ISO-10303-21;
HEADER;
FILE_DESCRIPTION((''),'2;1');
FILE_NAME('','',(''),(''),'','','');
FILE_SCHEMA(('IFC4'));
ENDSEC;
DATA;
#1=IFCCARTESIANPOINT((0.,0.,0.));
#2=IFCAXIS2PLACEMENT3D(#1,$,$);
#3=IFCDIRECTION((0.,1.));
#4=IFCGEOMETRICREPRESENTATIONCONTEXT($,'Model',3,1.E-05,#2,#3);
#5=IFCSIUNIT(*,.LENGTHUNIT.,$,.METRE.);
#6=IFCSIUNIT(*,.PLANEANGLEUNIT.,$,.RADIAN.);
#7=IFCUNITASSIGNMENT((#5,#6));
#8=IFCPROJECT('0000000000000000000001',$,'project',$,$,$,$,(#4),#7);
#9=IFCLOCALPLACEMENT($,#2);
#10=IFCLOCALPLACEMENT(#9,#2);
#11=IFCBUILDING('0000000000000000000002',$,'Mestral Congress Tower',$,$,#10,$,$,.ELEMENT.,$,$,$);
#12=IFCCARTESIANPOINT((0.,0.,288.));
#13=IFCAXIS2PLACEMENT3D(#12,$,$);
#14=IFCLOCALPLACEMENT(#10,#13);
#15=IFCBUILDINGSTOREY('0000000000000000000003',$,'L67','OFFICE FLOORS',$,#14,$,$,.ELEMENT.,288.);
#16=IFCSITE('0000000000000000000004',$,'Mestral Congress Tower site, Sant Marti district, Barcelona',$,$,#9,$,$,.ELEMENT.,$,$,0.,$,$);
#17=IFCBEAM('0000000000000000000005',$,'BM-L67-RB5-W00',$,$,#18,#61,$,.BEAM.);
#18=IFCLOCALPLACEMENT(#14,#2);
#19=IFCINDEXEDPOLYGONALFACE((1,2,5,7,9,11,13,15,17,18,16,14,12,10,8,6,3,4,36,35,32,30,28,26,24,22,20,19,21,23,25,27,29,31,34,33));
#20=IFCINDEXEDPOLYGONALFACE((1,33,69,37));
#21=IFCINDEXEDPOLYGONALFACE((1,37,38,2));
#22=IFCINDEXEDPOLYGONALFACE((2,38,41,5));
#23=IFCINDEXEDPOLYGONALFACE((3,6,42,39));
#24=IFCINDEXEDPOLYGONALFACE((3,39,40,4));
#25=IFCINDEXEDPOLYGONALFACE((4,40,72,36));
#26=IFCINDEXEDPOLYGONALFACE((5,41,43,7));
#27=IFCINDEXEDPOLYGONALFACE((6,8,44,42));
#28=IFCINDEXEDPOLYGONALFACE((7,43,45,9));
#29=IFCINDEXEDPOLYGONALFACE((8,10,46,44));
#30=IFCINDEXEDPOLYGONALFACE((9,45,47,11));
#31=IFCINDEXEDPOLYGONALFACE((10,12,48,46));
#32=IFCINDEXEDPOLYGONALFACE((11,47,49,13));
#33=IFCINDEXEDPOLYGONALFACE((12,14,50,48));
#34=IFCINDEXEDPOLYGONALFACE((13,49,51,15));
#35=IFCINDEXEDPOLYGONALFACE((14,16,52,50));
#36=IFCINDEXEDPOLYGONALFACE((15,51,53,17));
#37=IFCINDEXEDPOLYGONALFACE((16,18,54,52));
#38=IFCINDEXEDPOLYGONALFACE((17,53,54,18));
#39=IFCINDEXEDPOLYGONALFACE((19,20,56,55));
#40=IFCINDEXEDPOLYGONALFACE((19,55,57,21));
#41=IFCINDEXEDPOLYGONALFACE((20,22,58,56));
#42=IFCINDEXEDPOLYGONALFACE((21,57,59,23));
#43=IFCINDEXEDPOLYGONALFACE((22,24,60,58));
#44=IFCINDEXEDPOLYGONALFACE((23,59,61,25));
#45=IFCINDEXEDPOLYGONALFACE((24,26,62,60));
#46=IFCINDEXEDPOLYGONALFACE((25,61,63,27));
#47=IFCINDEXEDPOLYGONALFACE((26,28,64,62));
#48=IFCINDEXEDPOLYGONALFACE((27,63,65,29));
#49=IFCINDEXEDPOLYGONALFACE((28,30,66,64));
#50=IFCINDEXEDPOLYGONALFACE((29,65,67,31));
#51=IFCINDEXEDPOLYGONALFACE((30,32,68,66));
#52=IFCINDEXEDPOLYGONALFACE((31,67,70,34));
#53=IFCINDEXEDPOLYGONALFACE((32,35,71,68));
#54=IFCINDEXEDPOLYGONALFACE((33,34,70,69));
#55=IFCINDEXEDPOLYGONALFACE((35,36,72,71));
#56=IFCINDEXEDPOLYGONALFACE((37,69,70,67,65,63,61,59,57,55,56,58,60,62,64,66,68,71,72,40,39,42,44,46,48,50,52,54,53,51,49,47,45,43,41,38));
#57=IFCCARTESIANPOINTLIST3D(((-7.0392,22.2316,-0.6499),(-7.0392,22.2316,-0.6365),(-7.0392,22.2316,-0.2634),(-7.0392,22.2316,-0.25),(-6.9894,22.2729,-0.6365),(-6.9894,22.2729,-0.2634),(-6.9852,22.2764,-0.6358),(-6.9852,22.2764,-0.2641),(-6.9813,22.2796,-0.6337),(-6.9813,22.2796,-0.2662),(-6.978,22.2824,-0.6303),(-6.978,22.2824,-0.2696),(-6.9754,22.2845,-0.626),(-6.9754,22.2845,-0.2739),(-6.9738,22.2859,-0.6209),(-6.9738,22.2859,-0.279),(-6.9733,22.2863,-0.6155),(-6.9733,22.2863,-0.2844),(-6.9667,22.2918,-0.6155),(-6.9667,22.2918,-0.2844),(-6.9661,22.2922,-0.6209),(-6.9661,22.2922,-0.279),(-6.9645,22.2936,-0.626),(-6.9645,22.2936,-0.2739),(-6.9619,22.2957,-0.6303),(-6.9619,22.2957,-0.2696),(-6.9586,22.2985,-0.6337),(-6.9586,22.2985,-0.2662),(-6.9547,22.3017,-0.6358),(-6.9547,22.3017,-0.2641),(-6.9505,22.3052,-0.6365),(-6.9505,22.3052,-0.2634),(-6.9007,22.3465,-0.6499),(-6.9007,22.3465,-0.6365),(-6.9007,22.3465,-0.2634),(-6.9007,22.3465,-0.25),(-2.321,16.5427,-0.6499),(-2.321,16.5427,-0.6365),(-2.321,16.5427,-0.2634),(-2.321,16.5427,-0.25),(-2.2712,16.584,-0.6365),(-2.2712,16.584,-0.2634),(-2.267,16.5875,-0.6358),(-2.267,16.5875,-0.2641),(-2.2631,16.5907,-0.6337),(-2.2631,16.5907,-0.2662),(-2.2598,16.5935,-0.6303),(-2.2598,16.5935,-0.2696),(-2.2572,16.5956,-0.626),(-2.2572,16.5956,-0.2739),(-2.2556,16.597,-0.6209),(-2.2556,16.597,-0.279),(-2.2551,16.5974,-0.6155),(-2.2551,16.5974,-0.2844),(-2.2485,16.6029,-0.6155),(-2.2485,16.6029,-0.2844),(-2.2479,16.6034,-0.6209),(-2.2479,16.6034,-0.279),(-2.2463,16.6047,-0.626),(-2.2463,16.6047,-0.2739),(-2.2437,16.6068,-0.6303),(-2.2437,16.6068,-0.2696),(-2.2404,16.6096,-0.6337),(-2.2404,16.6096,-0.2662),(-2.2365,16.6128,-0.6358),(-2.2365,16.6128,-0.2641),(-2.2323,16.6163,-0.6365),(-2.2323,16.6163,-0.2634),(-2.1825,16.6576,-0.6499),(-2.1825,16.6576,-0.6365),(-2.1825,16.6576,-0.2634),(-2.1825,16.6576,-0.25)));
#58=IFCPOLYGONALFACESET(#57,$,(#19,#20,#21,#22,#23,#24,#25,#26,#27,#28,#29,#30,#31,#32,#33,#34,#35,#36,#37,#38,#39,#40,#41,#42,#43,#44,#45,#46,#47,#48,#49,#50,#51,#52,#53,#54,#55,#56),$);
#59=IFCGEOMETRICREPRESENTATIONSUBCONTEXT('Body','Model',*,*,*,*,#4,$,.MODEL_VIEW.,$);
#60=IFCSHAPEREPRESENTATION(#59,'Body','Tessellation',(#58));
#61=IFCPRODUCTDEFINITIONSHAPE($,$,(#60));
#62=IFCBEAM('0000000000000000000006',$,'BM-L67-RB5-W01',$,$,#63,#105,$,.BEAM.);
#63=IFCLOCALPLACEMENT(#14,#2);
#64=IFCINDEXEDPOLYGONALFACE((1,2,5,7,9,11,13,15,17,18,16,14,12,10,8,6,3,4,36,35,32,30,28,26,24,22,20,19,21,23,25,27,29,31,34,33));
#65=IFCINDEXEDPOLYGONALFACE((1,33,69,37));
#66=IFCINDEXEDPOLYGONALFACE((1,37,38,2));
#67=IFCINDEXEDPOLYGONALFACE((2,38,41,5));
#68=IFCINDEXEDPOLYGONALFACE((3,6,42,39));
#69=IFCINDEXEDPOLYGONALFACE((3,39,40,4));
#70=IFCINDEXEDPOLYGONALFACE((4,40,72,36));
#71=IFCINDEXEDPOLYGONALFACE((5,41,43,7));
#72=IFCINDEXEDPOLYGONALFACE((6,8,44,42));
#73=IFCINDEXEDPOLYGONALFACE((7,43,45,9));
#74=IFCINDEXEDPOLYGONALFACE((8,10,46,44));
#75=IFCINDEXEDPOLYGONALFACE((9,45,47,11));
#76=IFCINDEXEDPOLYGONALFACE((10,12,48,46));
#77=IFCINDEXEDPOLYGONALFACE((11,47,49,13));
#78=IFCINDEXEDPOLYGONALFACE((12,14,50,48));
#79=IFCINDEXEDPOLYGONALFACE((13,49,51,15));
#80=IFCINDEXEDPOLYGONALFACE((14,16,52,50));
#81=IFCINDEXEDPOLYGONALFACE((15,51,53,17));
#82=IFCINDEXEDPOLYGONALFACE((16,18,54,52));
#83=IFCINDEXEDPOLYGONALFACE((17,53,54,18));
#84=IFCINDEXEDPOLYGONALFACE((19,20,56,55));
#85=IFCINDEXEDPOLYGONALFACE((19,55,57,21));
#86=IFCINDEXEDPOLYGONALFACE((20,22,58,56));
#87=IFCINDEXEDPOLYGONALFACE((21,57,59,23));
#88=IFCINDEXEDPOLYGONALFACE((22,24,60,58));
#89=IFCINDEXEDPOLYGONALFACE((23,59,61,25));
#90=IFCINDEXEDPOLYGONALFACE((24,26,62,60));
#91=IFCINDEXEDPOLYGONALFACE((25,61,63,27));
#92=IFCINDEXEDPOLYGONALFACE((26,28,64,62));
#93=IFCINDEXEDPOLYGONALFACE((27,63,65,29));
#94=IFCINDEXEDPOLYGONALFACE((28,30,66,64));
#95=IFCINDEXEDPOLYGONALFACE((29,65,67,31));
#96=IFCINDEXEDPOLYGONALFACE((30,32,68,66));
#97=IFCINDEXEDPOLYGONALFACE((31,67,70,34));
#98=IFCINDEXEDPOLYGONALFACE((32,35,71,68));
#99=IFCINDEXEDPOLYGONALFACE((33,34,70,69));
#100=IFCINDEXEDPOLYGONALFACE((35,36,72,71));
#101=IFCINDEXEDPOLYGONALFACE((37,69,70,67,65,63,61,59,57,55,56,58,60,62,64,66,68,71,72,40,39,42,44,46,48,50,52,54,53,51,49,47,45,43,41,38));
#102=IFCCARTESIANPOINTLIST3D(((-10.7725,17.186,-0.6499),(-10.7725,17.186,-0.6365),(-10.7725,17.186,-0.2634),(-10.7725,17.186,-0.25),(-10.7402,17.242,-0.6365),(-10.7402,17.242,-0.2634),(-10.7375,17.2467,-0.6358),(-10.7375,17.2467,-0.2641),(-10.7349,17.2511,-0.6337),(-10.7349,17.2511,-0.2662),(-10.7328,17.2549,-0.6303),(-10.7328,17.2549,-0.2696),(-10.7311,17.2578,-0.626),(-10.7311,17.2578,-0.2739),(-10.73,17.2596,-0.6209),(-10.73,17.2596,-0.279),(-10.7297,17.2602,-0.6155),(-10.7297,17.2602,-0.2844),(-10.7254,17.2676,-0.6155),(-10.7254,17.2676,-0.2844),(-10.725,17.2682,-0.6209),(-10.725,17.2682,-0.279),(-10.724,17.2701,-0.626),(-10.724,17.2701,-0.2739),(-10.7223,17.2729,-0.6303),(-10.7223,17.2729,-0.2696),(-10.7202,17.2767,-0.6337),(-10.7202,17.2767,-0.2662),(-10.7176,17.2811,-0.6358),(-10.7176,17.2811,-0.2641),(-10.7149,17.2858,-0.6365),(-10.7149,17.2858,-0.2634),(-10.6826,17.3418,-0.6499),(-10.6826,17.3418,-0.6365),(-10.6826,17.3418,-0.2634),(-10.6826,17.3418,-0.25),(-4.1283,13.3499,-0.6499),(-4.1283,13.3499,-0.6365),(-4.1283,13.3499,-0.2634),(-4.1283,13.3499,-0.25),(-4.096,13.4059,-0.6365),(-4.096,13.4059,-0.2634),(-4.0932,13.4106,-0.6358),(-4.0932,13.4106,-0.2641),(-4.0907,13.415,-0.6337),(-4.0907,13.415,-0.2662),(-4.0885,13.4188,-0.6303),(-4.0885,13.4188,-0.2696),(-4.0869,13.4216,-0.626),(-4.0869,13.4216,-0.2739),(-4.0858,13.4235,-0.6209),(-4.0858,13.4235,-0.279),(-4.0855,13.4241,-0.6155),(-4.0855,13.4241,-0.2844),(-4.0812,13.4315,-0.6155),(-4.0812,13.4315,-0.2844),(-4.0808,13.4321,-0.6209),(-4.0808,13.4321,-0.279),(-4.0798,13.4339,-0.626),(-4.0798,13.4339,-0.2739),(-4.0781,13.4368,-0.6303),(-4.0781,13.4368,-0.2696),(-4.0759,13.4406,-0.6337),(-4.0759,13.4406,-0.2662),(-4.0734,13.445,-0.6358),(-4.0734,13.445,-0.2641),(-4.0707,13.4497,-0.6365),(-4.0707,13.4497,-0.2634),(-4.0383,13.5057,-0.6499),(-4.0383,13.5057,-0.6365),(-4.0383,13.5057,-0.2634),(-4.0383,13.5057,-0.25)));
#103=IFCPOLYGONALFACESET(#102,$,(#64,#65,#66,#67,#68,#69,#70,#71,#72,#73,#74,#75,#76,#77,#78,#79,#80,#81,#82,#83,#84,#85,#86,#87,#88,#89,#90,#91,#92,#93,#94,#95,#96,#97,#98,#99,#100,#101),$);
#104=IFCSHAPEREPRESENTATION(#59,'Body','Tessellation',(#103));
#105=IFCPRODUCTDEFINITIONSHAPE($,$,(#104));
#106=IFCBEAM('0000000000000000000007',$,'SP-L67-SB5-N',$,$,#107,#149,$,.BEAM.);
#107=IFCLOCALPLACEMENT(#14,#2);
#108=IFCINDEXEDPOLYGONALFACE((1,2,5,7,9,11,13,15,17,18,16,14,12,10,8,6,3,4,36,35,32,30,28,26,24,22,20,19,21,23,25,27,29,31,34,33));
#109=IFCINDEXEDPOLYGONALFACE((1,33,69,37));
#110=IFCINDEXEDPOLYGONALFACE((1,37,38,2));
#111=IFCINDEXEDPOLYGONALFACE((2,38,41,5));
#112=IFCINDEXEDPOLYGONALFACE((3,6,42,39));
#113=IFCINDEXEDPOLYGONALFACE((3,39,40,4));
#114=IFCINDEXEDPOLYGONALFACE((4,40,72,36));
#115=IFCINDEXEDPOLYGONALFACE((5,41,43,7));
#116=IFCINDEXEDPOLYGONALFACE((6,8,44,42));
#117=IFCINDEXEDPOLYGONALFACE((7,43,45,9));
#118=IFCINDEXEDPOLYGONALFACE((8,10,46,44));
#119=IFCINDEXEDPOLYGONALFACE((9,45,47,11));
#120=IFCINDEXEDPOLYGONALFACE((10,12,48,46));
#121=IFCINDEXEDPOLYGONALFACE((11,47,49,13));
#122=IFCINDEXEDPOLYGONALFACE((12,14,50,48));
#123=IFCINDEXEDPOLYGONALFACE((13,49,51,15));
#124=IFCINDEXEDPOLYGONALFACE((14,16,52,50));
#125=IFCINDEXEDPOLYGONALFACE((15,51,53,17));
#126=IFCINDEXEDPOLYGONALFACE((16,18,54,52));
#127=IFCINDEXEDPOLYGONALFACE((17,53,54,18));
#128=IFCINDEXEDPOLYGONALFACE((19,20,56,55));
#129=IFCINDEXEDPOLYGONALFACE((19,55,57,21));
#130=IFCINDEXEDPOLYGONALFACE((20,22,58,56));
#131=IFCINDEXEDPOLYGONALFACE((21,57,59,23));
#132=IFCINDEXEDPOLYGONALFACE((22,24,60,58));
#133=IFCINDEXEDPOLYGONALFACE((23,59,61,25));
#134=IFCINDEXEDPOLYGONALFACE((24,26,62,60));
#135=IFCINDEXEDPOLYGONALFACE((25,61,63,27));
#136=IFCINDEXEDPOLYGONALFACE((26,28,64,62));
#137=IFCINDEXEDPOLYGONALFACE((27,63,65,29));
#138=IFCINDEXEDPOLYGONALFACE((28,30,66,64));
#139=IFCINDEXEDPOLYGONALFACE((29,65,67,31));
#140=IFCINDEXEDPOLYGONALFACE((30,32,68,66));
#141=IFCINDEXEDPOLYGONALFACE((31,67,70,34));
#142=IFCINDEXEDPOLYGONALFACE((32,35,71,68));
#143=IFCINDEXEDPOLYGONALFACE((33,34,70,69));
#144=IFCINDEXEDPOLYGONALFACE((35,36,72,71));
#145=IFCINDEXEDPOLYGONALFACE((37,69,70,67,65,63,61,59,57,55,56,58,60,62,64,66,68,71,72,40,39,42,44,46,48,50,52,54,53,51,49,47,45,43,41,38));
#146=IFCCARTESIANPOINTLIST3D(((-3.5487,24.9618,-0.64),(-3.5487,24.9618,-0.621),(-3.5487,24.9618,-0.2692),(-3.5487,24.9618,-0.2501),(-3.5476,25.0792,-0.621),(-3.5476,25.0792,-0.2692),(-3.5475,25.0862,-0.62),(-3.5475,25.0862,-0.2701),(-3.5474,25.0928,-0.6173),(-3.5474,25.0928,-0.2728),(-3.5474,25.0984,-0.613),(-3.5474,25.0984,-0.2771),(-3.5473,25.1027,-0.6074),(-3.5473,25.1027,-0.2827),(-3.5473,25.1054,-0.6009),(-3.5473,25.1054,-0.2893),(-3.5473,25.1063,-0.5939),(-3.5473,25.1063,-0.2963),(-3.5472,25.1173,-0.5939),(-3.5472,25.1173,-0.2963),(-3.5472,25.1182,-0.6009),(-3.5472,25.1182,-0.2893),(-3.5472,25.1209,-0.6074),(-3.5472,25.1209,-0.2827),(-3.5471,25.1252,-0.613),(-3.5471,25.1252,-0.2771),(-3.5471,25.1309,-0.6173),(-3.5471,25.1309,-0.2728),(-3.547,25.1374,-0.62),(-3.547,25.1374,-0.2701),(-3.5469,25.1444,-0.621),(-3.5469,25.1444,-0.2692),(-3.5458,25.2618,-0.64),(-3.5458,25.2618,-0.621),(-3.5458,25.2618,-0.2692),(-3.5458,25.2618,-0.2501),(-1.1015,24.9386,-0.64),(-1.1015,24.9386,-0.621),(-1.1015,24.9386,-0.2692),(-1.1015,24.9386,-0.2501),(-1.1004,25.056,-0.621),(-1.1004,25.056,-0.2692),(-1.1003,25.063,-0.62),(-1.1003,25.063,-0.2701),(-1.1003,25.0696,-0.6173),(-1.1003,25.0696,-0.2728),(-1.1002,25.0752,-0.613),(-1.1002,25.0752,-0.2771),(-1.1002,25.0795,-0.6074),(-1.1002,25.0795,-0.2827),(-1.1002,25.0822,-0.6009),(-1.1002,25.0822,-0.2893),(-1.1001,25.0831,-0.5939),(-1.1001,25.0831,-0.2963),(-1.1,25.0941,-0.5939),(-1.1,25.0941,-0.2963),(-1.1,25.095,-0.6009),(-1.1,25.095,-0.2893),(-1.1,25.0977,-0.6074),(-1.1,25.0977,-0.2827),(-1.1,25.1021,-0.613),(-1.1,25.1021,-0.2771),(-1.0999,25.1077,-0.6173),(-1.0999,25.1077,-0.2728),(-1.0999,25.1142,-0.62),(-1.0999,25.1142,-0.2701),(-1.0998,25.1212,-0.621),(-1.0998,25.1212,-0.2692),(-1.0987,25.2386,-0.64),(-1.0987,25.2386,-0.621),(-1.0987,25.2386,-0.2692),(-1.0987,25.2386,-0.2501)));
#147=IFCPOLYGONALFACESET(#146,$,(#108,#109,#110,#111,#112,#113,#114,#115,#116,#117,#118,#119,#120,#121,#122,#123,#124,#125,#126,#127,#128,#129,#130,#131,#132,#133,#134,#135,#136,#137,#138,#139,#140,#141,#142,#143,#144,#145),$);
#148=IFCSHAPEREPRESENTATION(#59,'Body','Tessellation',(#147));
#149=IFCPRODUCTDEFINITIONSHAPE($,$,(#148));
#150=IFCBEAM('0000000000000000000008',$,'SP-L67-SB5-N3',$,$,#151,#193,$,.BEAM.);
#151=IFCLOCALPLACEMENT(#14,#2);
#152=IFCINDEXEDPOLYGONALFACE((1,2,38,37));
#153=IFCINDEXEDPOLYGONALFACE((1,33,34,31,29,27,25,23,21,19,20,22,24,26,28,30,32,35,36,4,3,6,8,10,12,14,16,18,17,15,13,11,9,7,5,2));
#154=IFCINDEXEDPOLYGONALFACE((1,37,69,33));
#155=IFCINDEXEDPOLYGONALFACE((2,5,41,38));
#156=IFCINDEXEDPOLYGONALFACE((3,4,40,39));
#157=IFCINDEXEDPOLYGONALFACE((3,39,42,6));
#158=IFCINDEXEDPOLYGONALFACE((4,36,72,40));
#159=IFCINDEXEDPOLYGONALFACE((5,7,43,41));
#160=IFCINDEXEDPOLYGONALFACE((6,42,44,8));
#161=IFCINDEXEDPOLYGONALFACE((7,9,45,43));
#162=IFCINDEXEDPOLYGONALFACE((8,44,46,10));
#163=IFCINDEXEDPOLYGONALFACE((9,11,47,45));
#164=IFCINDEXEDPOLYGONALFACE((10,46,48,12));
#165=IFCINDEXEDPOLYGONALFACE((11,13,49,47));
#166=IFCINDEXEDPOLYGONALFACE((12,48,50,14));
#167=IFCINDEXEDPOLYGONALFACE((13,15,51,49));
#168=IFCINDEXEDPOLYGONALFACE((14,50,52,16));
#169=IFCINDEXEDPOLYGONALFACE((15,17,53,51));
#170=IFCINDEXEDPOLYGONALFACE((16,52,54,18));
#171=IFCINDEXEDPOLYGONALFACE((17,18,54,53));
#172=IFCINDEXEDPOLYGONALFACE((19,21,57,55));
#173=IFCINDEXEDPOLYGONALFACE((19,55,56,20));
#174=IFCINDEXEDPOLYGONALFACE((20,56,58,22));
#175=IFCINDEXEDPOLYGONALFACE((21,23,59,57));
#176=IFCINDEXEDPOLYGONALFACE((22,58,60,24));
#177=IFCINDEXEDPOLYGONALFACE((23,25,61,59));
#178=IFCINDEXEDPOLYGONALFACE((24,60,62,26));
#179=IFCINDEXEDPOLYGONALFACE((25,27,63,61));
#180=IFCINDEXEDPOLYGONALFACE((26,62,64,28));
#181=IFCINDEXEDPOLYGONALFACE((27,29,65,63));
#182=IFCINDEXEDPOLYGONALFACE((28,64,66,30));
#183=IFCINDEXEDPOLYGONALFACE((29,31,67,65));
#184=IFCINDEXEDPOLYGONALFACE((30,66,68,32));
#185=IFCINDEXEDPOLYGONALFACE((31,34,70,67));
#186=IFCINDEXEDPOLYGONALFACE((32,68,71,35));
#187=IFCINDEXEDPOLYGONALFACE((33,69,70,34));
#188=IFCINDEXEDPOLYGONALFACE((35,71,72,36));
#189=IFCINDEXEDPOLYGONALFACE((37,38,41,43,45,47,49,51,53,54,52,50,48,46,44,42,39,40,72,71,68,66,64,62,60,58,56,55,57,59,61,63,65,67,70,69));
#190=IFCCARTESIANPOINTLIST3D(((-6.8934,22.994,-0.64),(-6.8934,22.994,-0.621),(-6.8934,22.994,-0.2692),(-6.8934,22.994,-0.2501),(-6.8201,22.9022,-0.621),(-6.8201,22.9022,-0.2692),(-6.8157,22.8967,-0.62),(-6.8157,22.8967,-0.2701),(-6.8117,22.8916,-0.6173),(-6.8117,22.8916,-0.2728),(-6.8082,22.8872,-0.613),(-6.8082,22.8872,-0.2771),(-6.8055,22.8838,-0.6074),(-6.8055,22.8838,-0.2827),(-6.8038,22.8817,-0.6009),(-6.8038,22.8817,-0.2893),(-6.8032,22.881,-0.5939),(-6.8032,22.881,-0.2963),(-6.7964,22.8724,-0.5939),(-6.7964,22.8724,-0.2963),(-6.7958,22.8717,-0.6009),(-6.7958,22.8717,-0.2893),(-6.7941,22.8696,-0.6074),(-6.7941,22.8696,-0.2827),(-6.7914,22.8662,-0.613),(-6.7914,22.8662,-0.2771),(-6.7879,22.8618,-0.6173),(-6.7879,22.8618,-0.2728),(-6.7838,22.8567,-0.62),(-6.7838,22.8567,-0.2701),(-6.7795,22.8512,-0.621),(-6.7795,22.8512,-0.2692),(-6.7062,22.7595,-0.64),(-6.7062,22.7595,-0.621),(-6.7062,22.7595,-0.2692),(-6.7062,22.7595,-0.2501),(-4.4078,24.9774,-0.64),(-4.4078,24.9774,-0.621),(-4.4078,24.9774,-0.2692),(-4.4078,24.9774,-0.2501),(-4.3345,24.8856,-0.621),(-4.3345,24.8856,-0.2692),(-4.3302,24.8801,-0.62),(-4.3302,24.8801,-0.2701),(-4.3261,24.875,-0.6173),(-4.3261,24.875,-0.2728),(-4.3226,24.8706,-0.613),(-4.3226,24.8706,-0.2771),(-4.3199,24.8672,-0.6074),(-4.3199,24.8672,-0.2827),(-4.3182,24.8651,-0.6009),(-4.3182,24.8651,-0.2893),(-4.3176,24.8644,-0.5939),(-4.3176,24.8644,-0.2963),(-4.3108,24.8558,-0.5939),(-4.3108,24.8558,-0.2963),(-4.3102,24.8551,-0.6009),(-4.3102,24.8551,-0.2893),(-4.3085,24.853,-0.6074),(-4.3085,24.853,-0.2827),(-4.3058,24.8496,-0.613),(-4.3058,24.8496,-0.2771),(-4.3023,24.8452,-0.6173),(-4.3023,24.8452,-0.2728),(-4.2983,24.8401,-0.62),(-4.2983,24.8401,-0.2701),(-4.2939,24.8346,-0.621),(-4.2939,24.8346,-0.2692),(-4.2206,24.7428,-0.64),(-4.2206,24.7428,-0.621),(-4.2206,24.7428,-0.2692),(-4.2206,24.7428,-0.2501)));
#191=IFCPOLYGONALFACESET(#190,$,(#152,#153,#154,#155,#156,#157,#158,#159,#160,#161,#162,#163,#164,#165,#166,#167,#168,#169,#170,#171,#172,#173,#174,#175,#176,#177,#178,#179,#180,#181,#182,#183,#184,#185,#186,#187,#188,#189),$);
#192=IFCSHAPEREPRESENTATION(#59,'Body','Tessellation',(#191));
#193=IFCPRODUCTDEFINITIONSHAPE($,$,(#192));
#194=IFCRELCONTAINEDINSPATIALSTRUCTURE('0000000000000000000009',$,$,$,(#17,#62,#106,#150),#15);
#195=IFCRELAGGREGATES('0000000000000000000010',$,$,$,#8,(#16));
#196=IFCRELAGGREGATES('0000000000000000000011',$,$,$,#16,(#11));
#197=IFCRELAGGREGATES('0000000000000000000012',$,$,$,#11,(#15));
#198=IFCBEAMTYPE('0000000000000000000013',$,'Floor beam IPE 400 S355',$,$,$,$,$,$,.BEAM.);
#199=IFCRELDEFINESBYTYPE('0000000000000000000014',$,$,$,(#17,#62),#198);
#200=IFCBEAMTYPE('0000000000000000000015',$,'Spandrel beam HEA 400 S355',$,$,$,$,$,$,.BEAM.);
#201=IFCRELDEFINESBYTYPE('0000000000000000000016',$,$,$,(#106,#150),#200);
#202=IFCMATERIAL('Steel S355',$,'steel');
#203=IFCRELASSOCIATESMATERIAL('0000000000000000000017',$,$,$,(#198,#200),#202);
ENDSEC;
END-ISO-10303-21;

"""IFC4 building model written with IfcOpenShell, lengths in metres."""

from ifc_helpers import new_model, si_unit, direction, frame, origin, origin_2d, place, context, subcontext, project, spatial, i_section, extrude, material, material_profile, profile_set, type_object, element, save


model = new_model("IFC4")

# Units and contexts
model_context = context("Model", 3, precision=1e-05, world=origin(), true_north=direction((0.0, 1.0)))
body_context = subcontext(model_context, "Body", "Model", "MODEL_VIEW")
ifc_project = project(units=[si_unit("LENGTHUNIT", "METRE"), si_unit("PLANEANGLEUNIT", "RADIAN")], contexts=[model_context])

# Site, building, storey
site_placement = place(None, origin())
site = spatial("IfcSite", under=ifc_project, at=site_placement, Name="Mestral Congress Tower site, Sant Marti district, Barcelona", CompositionType="ELEMENT", RefElevation=0.0)
building_placement = place(site_placement, origin())
building = spatial("IfcBuilding", under=site, at=building_placement, Name="Mestral Congress Tower", CompositionType="ELEMENT")
storey_placement = place(building_placement, frame((0.0, 0.0, 288.0)))
storey = spatial("IfcBuildingStorey", under=building, at=storey_placement, Name="L67", Description="OFFICE FLOORS", CompositionType="ELEMENT", Elevation=288.0)

# Beams
ifc_material_1 = material(Name="Steel S355", Category="steel")
ifc_material_profile_1 = material_profile(ifc_material_1, i_section(OverallWidth=0.1799, OverallDepth=0.3999, WebThickness=0.0085, FlangeThickness=0.0134, FilletRadius=0.021, at=origin_2d()), Name="IPE 400")
ifc_profile_set_1 = profile_set([ifc_material_profile_1], Name="Steel S355")
beam_type_1 = type_object("IfcBeamType", Name="Floor beam IPE 400 S355", PredefinedType="BEAM", material=ifc_profile_set_1)
beam_1_placement = place(storey_placement, frame((-6.97, 22.2891, -0.45), z_axis=(0.638383, -0.769719, 0.0), x_axis=(0.769719, 0.638383, 0.0)))
element("IfcBeam", 1, at=beam_1_placement, inside=storey, type_object=beam_type_1, Name="BM-L67-RB5-W00", PredefinedType="BEAM", context=body_context, shape_type="SweptSolid", body=[
    extrude(i_section(OverallWidth=0.1799, OverallDepth=0.3999, WebThickness=0.0085, FlangeThickness=0.0134, FilletRadius=0.021, at=origin_2d()), origin(), (0.0, 0.0, 1.0), 7.3909),
])
beam_2_placement = place(storey_placement, frame((-10.7275, 17.2639, -0.45), z_axis=(0.86602, -0.50001, 0.0), x_axis=(0.50001, 0.86602, 0.0)))
element("IfcBeam", 2, at=beam_2_placement, inside=storey, type_object=beam_type_1, Name="BM-L67-RB5-W01", PredefinedType="BEAM", context=body_context, shape_type="SweptSolid", body=[
    extrude(i_section(OverallWidth=0.1799, OverallDepth=0.3999, WebThickness=0.0085, FlangeThickness=0.0134, FilletRadius=0.021, at=origin_2d()), origin(), (0.0, 0.0, 1.0), 7.6721),
])
ifc_material_profile_2 = material_profile(ifc_material_1, i_section(OverallWidth=0.3, OverallDepth=0.3899, WebThickness=0.011, FlangeThickness=0.019, FilletRadius=0.0271, at=origin_2d()), Name="HEA 400")
ifc_profile_set_2 = profile_set([ifc_material_profile_2], Name="Steel S355")
beam_type_2 = type_object("IfcBeamType", Name="Spandrel beam HEA 400 S355", PredefinedType="BEAM", material=ifc_profile_set_2)
beam_3_placement = place(storey_placement, frame((-1.1001, 25.0886, -0.4451), z_axis=(-0.999955, 0.009477, 0.0), x_axis=(-0.009477, -0.999955, 0.0)))
element("IfcBeam", 3, at=beam_3_placement, inside=storey, type_object=beam_type_2, Name="SP-L67-SB5-N", PredefinedType="BEAM", context=body_context, shape_type="SweptSolid", body=[
    extrude(i_section(OverallWidth=0.3, OverallDepth=0.3899, WebThickness=0.011, FlangeThickness=0.019, FilletRadius=0.0271, at=origin_2d()), origin(), (0.0, 0.0, 1.0), 2.4473),
])
beam_4_placement = place(storey_placement, frame((-4.3142, 24.8601, -0.4451), z_axis=(-0.781647, -0.623721, 0.0), x_axis=(0.623721, -0.781647, 0.0)))
element("IfcBeam", 4, at=beam_4_placement, inside=storey, type_object=beam_type_2, Name="SP-L67-SB5-N3", PredefinedType="BEAM", context=body_context, shape_type="SweptSolid", body=[
    extrude(i_section(OverallWidth=0.3, OverallDepth=0.3899, WebThickness=0.011, FlangeThickness=0.019, FilletRadius=0.0271, at=origin_2d()), origin(), (0.0, 0.0, 1.0), 3.1799),
])

save(model, "model.ifc")
